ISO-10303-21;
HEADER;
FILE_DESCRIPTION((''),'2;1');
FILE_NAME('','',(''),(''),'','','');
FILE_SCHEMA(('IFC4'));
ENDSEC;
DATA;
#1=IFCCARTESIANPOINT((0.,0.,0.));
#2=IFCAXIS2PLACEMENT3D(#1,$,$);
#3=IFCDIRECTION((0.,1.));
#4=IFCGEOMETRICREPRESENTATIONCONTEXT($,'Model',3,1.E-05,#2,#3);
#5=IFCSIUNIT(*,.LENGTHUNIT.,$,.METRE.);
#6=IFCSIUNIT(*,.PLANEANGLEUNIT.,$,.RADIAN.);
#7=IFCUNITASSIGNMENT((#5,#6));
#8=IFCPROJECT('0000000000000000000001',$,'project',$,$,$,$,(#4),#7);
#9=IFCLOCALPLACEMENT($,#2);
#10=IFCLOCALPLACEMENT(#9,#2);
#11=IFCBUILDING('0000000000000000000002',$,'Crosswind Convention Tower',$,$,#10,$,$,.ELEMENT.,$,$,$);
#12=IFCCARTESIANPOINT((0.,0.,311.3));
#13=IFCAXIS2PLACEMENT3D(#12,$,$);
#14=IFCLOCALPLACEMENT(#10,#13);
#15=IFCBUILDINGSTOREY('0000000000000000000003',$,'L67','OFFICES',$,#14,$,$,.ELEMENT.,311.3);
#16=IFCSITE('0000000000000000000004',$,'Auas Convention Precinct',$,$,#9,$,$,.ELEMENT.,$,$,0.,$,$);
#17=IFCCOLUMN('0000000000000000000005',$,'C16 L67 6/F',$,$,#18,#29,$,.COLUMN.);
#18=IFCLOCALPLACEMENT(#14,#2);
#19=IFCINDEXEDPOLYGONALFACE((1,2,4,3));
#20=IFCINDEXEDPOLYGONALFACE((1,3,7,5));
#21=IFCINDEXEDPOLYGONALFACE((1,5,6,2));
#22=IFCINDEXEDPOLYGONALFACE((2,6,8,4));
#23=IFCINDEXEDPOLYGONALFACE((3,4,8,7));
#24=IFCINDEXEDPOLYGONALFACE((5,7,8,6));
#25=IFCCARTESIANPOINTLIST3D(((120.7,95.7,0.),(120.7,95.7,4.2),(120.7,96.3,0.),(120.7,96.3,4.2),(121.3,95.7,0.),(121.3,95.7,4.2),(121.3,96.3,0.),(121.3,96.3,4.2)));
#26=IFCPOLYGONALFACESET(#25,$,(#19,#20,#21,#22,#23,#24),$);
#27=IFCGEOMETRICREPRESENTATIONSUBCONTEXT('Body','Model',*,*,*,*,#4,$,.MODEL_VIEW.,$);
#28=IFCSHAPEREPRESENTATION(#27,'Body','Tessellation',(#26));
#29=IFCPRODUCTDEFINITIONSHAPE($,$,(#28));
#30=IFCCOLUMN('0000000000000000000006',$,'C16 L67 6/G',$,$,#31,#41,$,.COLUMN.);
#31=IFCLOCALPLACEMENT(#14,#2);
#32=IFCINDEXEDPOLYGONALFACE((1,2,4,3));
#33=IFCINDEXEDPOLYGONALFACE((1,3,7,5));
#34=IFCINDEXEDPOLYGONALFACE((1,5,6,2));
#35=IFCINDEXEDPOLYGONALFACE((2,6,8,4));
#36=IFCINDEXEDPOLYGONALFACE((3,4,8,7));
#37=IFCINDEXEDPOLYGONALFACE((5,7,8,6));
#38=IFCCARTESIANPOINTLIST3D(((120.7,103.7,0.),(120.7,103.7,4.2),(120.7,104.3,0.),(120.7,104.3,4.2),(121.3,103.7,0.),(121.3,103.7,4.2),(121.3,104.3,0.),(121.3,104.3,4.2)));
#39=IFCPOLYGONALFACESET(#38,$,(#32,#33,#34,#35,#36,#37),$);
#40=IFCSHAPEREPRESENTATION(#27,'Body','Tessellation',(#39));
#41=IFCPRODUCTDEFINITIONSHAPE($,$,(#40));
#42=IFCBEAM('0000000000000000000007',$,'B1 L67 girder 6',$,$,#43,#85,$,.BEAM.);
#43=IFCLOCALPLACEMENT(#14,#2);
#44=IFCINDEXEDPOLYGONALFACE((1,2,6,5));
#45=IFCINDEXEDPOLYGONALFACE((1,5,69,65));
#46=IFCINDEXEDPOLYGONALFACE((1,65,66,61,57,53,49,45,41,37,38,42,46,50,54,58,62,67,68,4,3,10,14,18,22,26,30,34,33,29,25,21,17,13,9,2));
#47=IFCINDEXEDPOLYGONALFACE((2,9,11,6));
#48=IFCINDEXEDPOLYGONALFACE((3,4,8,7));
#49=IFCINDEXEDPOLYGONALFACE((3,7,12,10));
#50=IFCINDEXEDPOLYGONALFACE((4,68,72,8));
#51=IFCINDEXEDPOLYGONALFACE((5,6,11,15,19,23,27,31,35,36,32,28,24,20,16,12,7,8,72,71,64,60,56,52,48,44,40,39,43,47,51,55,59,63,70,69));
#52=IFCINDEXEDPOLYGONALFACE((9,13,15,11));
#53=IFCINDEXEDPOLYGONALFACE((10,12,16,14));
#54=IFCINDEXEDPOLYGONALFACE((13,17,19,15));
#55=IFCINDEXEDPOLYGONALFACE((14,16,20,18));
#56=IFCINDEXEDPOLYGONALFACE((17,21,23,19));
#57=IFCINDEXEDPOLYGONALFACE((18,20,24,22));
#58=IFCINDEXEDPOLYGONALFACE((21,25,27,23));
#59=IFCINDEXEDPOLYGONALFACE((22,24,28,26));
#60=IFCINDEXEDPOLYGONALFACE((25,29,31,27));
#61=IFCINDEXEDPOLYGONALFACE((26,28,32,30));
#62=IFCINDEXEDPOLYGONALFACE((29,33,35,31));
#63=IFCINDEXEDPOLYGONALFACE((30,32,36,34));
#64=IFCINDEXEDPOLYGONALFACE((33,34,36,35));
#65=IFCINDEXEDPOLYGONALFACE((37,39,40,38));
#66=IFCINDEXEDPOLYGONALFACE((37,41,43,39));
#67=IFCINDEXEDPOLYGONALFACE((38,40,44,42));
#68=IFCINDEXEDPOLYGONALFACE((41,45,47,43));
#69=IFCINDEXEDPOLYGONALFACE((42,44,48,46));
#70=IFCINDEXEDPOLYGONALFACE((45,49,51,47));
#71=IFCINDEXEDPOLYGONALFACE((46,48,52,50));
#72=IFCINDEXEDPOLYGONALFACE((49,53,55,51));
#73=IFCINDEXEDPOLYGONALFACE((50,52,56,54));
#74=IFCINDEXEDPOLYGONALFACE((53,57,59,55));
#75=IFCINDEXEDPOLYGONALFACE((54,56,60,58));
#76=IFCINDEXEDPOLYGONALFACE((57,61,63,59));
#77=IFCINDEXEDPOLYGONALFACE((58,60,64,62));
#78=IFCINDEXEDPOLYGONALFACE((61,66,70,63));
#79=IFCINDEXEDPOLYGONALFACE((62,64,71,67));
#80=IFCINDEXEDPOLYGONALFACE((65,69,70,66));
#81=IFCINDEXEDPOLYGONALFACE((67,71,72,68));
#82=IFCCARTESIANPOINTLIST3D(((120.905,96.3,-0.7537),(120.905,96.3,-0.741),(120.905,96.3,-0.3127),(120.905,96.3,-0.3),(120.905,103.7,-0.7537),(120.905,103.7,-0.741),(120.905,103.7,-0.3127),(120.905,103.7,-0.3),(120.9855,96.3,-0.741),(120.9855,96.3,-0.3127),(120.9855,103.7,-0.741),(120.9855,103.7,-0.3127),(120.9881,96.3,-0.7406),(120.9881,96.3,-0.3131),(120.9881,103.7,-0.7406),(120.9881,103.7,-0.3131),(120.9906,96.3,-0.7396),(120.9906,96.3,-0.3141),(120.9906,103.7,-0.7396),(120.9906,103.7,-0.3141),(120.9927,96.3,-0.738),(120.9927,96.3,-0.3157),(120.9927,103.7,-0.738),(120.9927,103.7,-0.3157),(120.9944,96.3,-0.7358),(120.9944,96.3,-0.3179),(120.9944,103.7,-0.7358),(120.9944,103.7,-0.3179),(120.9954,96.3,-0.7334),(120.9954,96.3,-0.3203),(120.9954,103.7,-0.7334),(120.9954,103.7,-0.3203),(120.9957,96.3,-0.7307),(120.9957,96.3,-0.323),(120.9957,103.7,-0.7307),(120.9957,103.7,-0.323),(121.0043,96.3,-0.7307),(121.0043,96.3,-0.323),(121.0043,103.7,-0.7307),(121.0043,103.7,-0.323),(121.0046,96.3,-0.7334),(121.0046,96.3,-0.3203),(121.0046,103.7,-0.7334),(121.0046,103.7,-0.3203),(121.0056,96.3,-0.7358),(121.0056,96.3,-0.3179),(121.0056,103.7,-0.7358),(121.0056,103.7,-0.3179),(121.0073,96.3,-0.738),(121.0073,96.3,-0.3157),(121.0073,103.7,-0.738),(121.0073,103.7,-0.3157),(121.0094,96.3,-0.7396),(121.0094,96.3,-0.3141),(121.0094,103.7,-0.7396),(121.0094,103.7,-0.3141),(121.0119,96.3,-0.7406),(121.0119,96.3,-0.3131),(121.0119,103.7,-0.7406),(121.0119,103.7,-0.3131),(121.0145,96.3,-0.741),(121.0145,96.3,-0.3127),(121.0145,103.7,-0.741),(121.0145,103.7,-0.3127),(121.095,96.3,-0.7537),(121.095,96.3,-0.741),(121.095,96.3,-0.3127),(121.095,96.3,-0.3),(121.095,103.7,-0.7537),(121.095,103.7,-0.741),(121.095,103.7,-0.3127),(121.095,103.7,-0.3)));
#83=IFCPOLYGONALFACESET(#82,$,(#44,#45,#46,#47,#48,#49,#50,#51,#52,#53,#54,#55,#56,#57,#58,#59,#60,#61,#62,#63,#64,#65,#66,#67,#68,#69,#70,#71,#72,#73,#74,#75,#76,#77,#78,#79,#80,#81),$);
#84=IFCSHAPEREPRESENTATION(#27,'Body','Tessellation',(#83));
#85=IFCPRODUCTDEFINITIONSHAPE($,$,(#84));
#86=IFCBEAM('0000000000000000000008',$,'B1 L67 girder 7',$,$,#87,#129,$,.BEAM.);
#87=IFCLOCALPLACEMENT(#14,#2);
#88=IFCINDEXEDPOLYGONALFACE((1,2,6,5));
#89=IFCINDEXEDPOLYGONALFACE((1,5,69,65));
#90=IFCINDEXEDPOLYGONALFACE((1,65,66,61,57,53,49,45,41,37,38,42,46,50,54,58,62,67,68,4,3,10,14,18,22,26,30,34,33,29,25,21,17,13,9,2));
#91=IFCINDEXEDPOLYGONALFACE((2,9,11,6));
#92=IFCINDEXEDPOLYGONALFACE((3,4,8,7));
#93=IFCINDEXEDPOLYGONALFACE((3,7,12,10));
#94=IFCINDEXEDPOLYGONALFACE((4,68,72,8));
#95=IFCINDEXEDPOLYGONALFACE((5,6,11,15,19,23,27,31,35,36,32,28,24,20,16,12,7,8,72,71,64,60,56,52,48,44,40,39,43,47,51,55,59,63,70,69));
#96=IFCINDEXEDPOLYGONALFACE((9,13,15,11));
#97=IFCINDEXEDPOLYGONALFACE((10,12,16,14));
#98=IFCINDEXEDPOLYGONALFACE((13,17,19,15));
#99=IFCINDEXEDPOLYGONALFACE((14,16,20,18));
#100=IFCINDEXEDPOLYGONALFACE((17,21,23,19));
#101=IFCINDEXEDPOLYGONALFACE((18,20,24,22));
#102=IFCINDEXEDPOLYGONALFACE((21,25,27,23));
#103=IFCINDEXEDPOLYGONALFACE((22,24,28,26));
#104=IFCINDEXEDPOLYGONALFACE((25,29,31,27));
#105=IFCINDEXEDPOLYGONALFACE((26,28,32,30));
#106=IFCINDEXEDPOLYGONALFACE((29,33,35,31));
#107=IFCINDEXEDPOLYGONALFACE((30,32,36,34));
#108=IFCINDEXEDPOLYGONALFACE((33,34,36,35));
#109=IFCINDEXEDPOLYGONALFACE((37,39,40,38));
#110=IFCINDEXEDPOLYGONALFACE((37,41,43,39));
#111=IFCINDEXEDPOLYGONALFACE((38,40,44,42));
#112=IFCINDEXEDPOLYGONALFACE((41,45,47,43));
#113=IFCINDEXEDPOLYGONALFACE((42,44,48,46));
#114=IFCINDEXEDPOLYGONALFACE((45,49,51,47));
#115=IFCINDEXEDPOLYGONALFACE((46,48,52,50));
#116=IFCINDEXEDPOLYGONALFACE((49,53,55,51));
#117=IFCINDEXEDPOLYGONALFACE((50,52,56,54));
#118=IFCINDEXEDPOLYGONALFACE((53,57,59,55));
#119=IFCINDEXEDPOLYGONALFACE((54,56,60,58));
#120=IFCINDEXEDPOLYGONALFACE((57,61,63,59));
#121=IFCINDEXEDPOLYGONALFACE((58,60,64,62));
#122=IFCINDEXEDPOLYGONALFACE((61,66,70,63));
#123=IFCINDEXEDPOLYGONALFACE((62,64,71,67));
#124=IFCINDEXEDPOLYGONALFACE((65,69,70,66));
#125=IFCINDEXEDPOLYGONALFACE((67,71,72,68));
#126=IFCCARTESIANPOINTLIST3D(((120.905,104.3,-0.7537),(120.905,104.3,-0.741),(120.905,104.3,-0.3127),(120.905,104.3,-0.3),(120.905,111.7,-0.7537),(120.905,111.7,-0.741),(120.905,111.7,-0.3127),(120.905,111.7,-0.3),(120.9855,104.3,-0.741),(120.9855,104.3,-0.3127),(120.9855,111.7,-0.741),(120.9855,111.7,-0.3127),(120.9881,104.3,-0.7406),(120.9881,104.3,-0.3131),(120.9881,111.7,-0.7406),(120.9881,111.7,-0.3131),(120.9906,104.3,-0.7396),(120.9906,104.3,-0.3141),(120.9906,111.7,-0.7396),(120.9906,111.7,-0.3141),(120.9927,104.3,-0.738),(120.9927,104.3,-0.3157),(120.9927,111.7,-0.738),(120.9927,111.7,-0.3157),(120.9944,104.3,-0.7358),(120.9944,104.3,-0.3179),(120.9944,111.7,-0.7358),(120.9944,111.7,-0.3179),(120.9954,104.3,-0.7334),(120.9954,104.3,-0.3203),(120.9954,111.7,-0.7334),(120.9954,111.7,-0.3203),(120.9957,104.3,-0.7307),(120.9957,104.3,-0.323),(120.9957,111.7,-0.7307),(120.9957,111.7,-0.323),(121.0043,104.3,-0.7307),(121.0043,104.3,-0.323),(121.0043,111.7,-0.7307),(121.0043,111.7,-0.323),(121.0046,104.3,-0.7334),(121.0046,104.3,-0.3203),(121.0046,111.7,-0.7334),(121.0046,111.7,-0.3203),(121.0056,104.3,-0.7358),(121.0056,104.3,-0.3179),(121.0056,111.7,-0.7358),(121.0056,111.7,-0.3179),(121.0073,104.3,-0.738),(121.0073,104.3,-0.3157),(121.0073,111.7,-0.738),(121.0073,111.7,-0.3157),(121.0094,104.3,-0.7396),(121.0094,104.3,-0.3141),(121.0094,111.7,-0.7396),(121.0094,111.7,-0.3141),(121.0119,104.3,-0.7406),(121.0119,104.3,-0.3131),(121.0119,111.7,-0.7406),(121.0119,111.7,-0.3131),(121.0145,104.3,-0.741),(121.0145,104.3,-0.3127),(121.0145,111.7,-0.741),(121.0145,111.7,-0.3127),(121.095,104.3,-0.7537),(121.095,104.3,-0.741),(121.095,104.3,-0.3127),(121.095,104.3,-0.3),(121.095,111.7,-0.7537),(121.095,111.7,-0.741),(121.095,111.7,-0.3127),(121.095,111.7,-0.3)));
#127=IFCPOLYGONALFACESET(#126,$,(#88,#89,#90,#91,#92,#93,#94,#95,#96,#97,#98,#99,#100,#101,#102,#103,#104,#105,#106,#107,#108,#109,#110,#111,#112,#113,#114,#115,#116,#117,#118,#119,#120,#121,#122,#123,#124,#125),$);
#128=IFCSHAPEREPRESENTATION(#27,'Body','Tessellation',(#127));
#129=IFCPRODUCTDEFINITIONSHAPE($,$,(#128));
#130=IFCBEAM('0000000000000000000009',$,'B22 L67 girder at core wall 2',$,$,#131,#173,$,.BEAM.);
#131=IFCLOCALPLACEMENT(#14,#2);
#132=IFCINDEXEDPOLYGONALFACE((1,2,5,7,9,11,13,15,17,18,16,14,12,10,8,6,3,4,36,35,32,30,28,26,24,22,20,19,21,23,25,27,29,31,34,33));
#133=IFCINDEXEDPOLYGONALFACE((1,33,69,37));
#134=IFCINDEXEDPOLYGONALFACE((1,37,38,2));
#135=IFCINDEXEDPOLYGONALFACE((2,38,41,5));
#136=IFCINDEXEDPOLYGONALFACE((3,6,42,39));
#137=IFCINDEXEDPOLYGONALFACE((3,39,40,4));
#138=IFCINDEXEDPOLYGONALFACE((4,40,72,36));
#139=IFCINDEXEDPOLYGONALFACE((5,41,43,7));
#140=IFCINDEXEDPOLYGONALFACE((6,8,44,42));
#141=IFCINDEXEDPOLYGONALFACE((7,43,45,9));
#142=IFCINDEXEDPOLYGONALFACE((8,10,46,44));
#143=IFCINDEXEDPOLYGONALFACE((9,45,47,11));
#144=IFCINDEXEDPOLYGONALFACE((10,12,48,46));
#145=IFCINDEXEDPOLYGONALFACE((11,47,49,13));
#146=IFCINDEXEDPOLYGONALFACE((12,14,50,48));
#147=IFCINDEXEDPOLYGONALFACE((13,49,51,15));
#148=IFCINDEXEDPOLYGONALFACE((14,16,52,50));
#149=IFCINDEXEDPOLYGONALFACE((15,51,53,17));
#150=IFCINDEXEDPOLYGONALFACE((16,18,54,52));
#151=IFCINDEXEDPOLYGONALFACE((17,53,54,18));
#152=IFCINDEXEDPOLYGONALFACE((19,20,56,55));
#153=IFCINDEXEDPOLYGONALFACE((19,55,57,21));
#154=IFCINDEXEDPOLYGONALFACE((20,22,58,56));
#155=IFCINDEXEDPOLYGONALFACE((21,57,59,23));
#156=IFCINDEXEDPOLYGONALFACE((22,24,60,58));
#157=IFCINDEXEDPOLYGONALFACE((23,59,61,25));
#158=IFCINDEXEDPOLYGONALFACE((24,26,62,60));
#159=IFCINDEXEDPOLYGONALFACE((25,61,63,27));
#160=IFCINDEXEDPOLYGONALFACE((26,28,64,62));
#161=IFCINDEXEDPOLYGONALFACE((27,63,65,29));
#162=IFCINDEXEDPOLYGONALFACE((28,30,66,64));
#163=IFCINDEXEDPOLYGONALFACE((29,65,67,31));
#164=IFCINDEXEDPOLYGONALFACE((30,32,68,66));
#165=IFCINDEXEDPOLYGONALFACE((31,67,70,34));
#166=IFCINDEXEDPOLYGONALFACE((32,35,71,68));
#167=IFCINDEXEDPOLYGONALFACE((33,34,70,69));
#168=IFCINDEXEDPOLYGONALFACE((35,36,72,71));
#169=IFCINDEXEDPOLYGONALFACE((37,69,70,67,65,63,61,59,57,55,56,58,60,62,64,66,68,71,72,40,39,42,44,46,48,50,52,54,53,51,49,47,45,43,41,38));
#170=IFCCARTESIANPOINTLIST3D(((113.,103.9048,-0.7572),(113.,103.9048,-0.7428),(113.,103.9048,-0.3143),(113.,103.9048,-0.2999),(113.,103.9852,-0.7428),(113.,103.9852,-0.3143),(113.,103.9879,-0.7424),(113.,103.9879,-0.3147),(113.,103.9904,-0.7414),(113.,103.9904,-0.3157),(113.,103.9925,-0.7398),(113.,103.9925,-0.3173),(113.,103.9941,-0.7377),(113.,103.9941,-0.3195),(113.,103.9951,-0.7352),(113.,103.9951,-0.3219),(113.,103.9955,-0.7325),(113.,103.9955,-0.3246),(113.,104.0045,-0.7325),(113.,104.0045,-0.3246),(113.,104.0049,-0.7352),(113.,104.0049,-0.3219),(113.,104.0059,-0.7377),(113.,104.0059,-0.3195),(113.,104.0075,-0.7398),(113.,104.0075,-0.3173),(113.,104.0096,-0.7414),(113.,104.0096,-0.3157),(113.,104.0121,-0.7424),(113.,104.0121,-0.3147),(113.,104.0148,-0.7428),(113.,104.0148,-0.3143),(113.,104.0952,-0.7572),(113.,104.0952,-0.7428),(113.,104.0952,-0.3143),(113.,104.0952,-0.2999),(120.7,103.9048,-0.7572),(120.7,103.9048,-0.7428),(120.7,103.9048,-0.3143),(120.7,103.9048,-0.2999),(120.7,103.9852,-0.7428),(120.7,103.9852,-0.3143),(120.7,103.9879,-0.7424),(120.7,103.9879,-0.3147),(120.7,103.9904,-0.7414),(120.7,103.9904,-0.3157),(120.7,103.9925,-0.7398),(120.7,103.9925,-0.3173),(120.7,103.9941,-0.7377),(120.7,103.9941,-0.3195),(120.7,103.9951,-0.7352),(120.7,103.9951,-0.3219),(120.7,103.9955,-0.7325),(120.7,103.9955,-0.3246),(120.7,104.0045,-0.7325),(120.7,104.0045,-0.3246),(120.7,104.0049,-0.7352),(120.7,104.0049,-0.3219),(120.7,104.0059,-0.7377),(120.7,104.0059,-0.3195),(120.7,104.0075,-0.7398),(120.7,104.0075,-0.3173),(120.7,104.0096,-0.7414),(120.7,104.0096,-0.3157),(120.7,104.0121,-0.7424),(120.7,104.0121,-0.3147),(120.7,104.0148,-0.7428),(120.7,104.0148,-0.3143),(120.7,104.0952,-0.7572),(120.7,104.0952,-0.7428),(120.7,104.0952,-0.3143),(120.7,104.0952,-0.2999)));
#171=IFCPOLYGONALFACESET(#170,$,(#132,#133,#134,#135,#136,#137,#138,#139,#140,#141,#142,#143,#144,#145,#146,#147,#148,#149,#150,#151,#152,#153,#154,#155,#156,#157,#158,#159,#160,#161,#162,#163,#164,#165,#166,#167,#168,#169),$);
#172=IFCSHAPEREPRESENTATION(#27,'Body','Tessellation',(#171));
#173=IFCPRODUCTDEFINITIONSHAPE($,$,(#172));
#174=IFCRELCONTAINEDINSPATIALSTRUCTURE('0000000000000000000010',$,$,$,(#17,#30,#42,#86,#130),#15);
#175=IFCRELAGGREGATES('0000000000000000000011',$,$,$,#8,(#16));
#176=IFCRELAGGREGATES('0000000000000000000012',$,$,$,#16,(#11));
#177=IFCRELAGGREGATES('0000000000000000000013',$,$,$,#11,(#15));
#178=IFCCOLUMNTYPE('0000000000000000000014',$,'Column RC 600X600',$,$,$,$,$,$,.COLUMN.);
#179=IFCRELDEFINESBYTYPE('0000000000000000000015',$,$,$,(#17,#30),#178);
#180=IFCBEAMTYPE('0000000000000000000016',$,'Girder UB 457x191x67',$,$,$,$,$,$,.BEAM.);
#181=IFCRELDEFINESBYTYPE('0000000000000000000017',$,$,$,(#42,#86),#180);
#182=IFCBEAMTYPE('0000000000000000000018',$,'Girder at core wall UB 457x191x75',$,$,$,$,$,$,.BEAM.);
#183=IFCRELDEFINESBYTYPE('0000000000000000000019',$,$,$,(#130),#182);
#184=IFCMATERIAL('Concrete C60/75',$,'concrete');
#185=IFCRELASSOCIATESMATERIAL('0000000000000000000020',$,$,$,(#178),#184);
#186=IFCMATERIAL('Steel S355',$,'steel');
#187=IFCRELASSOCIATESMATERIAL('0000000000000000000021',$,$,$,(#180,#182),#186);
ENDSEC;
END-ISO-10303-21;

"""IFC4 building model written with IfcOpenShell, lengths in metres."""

from ifc_helpers import new_model, si_unit, direction, frame, origin, origin_2d, place, context, subcontext, project, spatial, rectangle, i_section, extrude, material, material_profile, profile_set, type_object, element, save


model = new_model("IFC4")

# Units and contexts
model_context = context("Model", 3, precision=1e-05, world=origin(), true_north=direction((0.0, 1.0)))
body_context = subcontext(model_context, "Body", "Model", "MODEL_VIEW")
ifc_project = project(units=[si_unit("LENGTHUNIT", "METRE"), si_unit("PLANEANGLEUNIT", "RADIAN")], contexts=[model_context])

# Site, building, storey
site_placement = place(None, origin())
site = spatial("IfcSite", under=ifc_project, at=site_placement, Name="Auas Convention Precinct", CompositionType="ELEMENT", RefElevation=0.0)
building_placement = place(site_placement, origin())
building = spatial("IfcBuilding", under=site, at=building_placement, Name="Crosswind Convention Tower", CompositionType="ELEMENT")
storey_placement = place(building_placement, frame((0.0, 0.0, 311.3)))
storey = spatial("IfcBuildingStorey", under=building, at=storey_placement, Name="L67", Description="OFFICES", CompositionType="ELEMENT", Elevation=311.3)

# Columns
ifc_material_1 = material(Name="Concrete C60/75", Category="concrete")
ifc_material_profile_1 = material_profile(ifc_material_1, rectangle(XDim=0.6001, YDim=0.6001, at=origin_2d()), Name="RC 600X600")
ifc_profile_set_1 = profile_set([ifc_material_profile_1], Name="Concrete C60/75")
column_type = type_object("IfcColumnType", Name="Column RC 600X600", PredefinedType="COLUMN", material=ifc_profile_set_1)
for number, where, z_axis, x_axis, name in (
    (1, (121.0, 96.0, 0.0), (0.0, 0.0, 1.0), (1.0, 0.0, 0.0), "C16 L67 6/F"),
    (2, (121.0, 104.0, 0.0), (0.0, 0.0, 1.0), (1.0, 0.0, 0.0), "C16 L67 6/G"),
):
    element("IfcColumn", number, at=place(storey_placement, frame(where, z_axis=z_axis, x_axis=x_axis)), inside=storey, type_object=column_type, Name=name, PredefinedType="COLUMN", context=body_context, shape_type="SweptSolid", body=[
        extrude(rectangle(XDim=0.6001, YDim=0.6001, at=origin_2d()), origin(), (0.0, 0.0, 1.0), 4.2),
    ])

# Beams
ifc_material_2 = material(Name="Steel S355", Category="steel")
ifc_material_profile_2 = material_profile(ifc_material_2, i_section(OverallWidth=0.1899, OverallDepth=0.4536, WebThickness=0.0085, FlangeThickness=0.0127, FilletRadius=0.0103, at=origin_2d()), Name="UB 457x191x67")
ifc_profile_set_2 = profile_set([ifc_material_profile_2], Name="Steel S355")
beam_type_1 = type_object("IfcBeamType", Name="Girder UB 457x191x67", PredefinedType="BEAM", material=ifc_profile_set_2)
for number, where, z_axis, x_axis, name in (
    (3, (121.0, 96.3, -0.5269), (0.0, 1.0, 0.0), (-1.0, 0.0, 0.0), "B1 L67 girder 6"),
    (4, (121.0, 104.3, -0.5269), (0.0, 1.0, 0.0), (-1.0, 0.0, 0.0), "B1 L67 girder 7"),
):
    element("IfcBeam", number, at=place(storey_placement, frame(where, z_axis=z_axis, x_axis=x_axis)), inside=storey, type_object=beam_type_1, Name=name, PredefinedType="BEAM", context=body_context, shape_type="SweptSolid", body=[
        extrude(i_section(OverallWidth=0.1899, OverallDepth=0.4536, WebThickness=0.0085, FlangeThickness=0.0127, FilletRadius=0.0103, at=origin_2d()), origin(), (0.0, 0.0, 1.0), 7.3999),
    ])
ifc_material_profile_3 = material_profile(ifc_material_2, i_section(OverallWidth=0.1904, OverallDepth=0.4573, WebThickness=0.009, FlangeThickness=0.0144, FilletRadius=0.0103, at=origin_2d()), Name="UB 457x191x75")
ifc_profile_set_3 = profile_set([ifc_material_profile_3], Name="Steel S355")
beam_type_2 = type_object("IfcBeamType", Name="Girder at core wall UB 457x191x75", PredefinedType="BEAM", material=ifc_profile_set_3)
beam_placement = place(storey_placement, frame((113.0, 104.0, -0.5286), z_axis=(1.0, 0.0, 0.0), x_axis=(0.0, 1.0, 0.0)))
element("IfcBeam", 5, at=beam_placement, inside=storey, type_object=beam_type_2, Name="B22 L67 girder at core wall 2", PredefinedType="BEAM", context=body_context, shape_type="SweptSolid", body=[
    extrude(i_section(OverallWidth=0.1904, OverallDepth=0.4573, WebThickness=0.009, FlangeThickness=0.0144, FilletRadius=0.0103, at=origin_2d()), origin(), (0.0, 0.0, 1.0), 7.7),
])

save(model, "model.ifc")
